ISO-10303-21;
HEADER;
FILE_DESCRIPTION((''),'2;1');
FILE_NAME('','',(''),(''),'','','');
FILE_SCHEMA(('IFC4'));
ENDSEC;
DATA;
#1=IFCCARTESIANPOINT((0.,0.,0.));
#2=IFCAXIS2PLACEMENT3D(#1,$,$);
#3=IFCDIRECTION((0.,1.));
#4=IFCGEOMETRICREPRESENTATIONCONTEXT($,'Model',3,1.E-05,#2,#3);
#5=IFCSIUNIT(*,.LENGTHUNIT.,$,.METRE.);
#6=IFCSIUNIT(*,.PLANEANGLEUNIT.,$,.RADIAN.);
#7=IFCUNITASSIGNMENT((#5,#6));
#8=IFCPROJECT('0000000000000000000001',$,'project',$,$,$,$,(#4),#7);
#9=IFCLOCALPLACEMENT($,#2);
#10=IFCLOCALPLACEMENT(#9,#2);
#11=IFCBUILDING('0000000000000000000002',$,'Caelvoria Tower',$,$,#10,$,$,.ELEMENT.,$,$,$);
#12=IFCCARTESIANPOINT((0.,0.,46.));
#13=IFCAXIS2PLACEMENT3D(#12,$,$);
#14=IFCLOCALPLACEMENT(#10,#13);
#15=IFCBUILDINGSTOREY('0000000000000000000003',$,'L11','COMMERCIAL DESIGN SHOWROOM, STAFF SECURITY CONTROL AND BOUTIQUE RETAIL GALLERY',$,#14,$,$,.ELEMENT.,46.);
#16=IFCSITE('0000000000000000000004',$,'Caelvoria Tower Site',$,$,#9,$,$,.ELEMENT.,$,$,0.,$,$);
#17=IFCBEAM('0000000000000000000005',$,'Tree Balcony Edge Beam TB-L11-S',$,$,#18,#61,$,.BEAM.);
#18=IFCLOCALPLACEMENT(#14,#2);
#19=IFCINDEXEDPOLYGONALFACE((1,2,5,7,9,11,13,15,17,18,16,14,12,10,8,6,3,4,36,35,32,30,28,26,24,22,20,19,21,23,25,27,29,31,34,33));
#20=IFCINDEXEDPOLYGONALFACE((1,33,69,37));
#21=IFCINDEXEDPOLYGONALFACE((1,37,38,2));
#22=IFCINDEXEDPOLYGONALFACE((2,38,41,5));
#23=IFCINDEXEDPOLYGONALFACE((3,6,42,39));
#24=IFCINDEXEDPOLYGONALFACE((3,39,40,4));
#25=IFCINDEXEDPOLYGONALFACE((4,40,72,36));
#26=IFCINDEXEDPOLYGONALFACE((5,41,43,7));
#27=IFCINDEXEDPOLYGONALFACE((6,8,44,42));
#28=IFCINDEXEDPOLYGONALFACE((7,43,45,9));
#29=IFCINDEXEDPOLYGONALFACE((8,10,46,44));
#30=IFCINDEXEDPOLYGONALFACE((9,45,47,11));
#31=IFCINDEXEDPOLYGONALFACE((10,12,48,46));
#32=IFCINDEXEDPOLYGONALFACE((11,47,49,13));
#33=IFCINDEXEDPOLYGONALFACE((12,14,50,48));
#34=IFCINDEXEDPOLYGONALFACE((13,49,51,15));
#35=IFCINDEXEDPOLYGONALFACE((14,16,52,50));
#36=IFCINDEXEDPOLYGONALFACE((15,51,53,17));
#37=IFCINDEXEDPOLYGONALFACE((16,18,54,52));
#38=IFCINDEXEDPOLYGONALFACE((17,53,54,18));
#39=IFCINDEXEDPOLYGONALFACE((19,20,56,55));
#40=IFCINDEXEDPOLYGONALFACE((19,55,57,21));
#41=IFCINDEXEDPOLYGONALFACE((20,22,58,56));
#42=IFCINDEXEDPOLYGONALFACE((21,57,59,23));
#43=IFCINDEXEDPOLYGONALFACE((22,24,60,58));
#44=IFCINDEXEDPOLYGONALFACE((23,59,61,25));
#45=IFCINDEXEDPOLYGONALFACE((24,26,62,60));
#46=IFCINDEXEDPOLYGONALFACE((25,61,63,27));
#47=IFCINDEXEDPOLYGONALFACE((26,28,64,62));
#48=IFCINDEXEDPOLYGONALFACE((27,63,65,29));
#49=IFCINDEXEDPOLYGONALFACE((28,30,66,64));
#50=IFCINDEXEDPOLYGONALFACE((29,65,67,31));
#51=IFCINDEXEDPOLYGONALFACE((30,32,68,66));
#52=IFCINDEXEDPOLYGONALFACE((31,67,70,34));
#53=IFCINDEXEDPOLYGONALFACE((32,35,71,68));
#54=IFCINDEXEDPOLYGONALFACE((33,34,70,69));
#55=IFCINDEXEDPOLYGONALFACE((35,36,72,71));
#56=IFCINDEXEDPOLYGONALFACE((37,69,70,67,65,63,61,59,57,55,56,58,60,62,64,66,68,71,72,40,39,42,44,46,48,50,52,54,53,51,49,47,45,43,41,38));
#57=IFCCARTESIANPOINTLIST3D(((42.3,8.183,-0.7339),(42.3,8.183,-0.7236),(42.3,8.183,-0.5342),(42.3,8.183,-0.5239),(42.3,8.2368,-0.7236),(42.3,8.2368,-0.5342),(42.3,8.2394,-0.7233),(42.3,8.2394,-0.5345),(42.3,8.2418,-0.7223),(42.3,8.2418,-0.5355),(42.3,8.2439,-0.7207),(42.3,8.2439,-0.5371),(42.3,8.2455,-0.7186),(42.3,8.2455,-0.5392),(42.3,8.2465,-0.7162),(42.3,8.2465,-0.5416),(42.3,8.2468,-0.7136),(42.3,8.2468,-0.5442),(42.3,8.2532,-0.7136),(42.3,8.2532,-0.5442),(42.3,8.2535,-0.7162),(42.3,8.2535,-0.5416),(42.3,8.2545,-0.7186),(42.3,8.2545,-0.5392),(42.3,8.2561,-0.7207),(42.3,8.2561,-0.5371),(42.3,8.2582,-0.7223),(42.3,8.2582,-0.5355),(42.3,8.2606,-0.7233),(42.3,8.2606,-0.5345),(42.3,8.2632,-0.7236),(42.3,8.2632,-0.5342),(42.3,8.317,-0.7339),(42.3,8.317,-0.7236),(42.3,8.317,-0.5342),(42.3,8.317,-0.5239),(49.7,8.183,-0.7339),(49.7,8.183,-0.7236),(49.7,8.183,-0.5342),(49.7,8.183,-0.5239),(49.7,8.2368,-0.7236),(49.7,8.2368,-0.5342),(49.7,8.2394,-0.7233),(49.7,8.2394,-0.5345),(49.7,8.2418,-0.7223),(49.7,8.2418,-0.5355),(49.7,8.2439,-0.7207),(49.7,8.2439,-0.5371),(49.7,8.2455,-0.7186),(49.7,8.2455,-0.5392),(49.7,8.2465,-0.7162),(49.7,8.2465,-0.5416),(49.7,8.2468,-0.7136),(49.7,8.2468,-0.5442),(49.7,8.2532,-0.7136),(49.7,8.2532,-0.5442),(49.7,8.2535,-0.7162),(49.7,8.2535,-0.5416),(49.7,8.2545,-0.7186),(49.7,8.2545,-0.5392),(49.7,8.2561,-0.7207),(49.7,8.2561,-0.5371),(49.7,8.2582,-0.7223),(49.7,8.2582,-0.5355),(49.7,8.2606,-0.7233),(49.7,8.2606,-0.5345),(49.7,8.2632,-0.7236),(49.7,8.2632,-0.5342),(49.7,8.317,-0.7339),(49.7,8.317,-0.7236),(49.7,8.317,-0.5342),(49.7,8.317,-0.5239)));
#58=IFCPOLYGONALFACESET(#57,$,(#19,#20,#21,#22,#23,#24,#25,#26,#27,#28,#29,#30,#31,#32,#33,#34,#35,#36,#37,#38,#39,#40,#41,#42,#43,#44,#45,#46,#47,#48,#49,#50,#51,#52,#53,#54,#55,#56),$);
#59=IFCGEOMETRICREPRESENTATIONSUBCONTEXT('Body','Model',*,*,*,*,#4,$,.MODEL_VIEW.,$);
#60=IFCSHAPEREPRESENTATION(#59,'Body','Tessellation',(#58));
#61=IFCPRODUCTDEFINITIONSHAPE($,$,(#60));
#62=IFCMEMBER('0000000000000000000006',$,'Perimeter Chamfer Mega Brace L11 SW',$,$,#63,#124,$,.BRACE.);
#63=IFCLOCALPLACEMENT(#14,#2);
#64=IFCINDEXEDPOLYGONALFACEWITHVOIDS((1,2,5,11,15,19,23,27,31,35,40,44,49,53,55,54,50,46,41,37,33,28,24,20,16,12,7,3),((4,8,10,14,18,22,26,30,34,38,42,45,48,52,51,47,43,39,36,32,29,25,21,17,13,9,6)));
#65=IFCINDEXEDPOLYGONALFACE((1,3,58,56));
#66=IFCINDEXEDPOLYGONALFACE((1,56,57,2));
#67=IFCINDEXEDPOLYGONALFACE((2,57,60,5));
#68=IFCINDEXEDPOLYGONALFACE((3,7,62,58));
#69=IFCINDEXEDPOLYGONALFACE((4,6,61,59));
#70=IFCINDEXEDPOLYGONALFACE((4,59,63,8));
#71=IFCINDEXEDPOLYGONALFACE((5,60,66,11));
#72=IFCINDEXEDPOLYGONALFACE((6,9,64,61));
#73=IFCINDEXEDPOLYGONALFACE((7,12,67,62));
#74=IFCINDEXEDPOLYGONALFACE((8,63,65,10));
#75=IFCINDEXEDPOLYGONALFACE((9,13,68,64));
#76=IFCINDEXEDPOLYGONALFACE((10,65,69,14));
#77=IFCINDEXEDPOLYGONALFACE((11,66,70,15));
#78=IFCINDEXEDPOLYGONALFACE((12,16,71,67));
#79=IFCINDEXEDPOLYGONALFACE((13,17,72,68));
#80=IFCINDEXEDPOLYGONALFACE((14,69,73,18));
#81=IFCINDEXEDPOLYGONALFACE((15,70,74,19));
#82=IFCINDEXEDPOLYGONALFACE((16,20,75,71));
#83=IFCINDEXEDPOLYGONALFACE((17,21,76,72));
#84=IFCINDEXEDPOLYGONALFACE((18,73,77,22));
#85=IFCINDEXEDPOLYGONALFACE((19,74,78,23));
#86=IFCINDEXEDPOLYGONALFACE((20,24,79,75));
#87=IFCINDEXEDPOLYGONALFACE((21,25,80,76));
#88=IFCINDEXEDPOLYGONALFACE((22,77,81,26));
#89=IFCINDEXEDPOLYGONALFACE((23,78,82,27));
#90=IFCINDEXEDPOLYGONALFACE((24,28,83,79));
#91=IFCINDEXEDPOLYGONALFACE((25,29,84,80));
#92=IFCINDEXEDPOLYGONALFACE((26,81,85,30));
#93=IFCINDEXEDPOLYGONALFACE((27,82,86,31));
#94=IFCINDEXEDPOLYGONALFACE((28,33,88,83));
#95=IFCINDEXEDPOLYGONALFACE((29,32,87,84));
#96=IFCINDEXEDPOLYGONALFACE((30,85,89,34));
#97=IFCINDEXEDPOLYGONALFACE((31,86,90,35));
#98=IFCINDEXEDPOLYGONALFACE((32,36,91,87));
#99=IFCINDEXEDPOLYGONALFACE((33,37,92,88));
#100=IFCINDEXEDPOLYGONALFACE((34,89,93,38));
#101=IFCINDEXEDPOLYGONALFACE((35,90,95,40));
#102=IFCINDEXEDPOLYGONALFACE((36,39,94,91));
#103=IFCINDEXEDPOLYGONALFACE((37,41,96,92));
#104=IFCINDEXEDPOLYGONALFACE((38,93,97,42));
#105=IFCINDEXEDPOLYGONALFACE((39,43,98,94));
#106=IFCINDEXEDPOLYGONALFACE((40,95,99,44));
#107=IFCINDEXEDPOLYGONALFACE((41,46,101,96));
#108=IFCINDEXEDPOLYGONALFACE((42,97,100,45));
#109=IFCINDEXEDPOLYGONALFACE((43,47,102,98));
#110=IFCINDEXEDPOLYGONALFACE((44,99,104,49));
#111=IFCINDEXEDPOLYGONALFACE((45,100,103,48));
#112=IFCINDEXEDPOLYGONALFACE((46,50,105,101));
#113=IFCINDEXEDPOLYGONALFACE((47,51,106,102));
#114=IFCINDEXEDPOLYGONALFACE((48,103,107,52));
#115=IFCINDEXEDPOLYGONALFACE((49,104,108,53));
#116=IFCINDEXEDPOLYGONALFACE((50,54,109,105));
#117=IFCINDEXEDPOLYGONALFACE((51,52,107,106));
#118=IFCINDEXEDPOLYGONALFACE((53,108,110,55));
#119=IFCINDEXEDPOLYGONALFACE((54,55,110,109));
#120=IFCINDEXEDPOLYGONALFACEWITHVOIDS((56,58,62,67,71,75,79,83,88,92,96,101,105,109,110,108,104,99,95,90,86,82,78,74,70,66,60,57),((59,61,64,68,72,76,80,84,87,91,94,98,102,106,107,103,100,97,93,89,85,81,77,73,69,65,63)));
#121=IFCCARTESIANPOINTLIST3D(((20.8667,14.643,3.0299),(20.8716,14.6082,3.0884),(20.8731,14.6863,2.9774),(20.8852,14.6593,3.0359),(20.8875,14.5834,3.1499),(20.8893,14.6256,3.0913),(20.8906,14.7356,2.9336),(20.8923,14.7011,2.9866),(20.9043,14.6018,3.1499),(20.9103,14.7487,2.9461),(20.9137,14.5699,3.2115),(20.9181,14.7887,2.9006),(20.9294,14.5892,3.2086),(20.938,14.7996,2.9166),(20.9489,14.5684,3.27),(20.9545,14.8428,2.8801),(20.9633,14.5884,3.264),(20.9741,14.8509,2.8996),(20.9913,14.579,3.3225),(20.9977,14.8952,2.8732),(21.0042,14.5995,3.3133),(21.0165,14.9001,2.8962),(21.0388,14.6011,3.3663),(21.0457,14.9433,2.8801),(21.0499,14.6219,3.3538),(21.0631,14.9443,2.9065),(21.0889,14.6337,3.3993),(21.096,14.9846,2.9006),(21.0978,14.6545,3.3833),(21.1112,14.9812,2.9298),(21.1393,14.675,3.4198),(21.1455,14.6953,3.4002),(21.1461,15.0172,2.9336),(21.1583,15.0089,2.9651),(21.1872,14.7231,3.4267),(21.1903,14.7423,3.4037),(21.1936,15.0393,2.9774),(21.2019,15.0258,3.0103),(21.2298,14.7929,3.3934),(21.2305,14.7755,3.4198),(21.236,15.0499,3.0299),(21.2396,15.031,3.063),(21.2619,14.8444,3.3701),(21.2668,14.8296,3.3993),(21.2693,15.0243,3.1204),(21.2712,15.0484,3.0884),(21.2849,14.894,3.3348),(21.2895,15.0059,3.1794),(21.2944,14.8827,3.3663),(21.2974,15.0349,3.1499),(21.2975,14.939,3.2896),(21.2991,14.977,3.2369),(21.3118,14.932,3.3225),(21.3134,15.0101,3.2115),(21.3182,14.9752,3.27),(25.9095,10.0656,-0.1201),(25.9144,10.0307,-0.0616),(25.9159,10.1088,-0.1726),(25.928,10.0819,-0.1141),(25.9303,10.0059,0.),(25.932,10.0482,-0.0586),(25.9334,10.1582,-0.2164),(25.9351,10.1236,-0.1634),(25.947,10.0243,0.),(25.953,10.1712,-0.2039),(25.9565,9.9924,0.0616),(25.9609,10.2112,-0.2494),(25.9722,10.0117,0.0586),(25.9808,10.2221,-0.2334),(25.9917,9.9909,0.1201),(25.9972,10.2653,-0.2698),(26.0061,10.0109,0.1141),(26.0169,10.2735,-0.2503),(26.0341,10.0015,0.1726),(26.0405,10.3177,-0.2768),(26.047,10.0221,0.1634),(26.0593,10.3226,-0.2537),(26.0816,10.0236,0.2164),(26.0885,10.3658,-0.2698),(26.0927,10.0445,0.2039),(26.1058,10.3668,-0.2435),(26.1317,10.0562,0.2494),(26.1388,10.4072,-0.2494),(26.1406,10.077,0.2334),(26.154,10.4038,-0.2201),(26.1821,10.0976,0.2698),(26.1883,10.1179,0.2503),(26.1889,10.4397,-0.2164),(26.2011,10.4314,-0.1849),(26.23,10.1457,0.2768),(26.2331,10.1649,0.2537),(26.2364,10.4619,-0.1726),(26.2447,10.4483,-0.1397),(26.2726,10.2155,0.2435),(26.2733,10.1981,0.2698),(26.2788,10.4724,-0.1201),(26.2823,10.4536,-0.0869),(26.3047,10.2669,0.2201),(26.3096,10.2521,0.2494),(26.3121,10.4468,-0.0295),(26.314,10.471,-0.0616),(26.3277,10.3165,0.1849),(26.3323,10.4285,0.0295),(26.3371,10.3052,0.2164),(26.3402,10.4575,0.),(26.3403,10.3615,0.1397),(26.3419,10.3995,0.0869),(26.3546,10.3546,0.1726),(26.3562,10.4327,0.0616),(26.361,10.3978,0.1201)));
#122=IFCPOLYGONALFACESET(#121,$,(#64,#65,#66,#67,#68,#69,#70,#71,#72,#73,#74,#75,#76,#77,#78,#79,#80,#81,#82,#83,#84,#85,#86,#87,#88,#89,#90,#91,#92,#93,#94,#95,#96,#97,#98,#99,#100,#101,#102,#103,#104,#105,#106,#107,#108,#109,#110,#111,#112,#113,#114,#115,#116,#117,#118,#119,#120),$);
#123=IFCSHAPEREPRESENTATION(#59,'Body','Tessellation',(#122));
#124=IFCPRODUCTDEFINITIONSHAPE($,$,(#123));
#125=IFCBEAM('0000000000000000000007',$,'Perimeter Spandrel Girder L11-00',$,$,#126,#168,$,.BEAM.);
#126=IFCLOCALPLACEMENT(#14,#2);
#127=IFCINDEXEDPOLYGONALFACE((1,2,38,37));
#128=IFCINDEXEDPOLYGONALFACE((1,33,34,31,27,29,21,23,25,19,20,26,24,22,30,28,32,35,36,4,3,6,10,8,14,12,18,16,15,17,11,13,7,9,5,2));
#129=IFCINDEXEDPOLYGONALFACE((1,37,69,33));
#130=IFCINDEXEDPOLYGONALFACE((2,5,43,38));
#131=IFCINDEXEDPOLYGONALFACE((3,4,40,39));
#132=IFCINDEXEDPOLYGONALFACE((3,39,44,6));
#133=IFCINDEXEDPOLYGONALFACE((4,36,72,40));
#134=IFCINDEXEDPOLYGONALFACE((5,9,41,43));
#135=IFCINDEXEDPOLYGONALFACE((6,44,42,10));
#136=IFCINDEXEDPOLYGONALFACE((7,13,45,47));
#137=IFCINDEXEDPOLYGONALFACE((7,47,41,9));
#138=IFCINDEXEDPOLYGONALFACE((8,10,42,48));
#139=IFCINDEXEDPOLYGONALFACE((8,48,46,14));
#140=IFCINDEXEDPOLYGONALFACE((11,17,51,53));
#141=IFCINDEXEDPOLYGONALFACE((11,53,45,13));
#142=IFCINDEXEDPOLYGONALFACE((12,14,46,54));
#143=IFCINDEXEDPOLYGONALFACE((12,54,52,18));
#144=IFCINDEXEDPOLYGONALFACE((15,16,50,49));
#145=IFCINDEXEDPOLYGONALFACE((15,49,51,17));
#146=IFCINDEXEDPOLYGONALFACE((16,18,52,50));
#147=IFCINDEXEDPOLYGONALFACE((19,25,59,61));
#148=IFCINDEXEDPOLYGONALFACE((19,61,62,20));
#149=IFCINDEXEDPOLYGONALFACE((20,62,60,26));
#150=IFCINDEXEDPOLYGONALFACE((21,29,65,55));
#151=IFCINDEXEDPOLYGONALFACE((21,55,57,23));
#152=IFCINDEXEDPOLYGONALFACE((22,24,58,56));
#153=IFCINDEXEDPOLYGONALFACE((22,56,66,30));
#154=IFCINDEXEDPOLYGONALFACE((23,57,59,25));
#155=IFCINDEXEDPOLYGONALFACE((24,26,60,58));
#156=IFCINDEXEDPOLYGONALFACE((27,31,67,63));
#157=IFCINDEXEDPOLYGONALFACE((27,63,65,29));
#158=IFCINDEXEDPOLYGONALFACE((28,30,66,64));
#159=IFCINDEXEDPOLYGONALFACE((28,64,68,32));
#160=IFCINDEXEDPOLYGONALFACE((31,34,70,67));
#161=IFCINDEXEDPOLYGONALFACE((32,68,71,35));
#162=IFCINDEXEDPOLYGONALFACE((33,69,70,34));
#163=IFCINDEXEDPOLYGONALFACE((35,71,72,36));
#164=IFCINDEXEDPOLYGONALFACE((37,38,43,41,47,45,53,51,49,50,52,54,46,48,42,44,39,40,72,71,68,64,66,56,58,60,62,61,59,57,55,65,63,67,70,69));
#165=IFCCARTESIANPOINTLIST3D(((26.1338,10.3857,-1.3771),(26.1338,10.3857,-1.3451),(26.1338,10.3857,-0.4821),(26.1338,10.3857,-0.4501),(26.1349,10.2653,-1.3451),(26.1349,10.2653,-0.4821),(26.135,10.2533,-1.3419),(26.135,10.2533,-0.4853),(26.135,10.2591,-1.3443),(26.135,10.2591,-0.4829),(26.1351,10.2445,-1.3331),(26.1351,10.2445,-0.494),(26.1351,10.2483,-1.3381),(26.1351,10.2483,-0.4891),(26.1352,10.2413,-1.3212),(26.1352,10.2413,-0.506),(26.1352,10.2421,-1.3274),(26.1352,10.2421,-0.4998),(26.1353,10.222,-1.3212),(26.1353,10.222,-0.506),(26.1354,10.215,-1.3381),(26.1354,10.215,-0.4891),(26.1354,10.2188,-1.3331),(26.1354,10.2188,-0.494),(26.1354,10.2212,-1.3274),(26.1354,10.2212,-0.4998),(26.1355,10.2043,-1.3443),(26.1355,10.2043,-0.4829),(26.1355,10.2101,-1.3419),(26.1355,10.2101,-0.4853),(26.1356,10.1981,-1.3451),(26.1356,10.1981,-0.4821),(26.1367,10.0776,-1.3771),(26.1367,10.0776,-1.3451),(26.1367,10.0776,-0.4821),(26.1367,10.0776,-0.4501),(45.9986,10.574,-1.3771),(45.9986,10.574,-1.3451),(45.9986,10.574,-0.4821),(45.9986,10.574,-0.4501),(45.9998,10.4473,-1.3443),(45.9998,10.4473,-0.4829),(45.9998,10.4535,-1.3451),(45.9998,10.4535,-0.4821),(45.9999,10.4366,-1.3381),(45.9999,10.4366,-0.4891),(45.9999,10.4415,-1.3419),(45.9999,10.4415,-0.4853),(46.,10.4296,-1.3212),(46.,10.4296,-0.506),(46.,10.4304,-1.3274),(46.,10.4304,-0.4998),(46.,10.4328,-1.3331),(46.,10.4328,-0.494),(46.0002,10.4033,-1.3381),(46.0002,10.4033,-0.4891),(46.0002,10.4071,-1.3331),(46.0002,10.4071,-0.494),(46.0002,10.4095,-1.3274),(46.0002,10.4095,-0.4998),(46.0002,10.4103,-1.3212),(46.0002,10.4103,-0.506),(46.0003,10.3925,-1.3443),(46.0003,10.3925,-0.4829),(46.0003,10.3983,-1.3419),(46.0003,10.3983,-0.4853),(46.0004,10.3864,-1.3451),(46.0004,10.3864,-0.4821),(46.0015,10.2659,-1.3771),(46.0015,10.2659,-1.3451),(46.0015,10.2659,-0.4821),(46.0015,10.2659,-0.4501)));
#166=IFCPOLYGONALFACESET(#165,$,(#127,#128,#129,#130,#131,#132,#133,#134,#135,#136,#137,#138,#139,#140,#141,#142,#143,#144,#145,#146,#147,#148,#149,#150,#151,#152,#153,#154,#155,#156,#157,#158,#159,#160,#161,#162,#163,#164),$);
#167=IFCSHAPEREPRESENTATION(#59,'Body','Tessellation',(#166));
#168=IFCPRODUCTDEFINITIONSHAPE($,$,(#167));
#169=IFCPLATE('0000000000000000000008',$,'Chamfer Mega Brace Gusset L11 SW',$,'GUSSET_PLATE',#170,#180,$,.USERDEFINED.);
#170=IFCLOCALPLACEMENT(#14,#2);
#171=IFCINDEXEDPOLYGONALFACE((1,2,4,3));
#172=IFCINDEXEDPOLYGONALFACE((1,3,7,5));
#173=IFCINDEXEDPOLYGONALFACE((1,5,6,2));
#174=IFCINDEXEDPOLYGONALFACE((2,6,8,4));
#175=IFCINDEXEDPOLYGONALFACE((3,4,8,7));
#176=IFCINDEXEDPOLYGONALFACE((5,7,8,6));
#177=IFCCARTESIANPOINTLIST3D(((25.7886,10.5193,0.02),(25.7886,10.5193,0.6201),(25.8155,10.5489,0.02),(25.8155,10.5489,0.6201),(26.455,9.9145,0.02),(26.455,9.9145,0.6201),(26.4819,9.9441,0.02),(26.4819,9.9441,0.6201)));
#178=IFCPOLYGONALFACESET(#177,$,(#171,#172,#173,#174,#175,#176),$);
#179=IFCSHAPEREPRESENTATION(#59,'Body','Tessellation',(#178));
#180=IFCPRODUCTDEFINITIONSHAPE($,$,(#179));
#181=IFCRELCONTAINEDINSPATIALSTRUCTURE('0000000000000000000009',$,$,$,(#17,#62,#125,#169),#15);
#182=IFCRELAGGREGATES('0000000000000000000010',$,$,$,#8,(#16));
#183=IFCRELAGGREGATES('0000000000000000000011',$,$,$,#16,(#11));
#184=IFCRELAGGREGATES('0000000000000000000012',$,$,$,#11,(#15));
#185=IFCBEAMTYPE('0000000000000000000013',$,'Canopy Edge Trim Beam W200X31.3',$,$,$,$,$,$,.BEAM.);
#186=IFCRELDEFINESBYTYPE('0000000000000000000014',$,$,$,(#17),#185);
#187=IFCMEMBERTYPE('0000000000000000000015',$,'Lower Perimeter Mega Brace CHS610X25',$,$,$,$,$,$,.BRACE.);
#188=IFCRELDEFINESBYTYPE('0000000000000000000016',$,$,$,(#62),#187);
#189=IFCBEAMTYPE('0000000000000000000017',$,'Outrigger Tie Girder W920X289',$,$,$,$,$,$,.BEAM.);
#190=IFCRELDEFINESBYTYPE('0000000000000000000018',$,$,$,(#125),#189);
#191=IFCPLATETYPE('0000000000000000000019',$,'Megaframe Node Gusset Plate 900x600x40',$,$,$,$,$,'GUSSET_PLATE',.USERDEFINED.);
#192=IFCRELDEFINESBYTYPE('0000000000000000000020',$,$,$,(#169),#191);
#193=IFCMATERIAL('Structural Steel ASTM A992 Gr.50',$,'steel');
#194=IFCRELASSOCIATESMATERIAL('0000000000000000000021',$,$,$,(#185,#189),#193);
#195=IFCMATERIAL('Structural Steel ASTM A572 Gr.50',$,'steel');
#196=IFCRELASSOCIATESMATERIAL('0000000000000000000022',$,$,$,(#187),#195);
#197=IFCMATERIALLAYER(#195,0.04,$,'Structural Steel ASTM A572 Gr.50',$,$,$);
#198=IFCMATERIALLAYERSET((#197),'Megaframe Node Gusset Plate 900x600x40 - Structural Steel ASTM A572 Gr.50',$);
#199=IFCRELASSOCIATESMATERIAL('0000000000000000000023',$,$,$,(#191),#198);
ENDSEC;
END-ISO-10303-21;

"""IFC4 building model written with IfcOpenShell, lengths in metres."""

from ifc_helpers import new_model, si_unit, direction, frame, origin, origin_2d, place, context, subcontext, project, spatial, rectangle, hollow_circle, i_section, extrude, material, layer, layer_set, material_profile, profile_set, type_object, element, save


model = new_model("IFC4")

# Units and contexts
model_context = context("Model", 3, precision=1e-05, world=origin(), true_north=direction((0.0, 1.0)))
body_context = subcontext(model_context, "Body", "Model", "MODEL_VIEW")
ifc_project = project(units=[si_unit("LENGTHUNIT", "METRE"), si_unit("PLANEANGLEUNIT", "RADIAN")], contexts=[model_context])

# Site, building, storey
site_placement = place(None, origin())
site = spatial("IfcSite", under=ifc_project, at=site_placement, Name="Caelvoria Tower Site", CompositionType="ELEMENT", RefElevation=0.0)
building_placement = place(site_placement, origin())
building = spatial("IfcBuilding", under=site, at=building_placement, Name="Caelvoria Tower", CompositionType="ELEMENT")
storey_placement = place(building_placement, frame((0.0, 0.0, 46.0)))
storey = spatial("IfcBuildingStorey", under=building, at=storey_placement, Name="L11", Description="COMMERCIAL DESIGN SHOWROOM, STAFF SECURITY CONTROL AND BOUTIQUE RETAIL GALLERY", CompositionType="ELEMENT", Elevation=46.0)

# Beam
ifc_material_1 = material(Name="Structural Steel ASTM A992 Gr.50", Category="steel")
ifc_material_profile_1 = material_profile(ifc_material_1, i_section(OverallWidth=0.134, OverallDepth=0.21, WebThickness=0.0063, FlangeThickness=0.0103, FilletRadius=0.01, at=origin_2d()), Name="Structural Steel ASTM A992 Gr.50")
ifc_profile_set_1 = profile_set([ifc_material_profile_1], Name="W200X31.3 - Structural Steel ASTM A992 Gr.50")
beam_type_1 = type_object("IfcBeamType", Name="Canopy Edge Trim Beam W200X31.3", PredefinedType="BEAM", material=ifc_profile_set_1)
beam_1_placement = place(storey_placement, frame((42.3, 8.25, -0.6289), z_axis=(1.0, 0.0, 0.0), x_axis=(0.0, 1.0, 0.0)))
element("IfcBeam", 1, at=beam_1_placement, inside=storey, type_object=beam_type_1, Name="Tree Balcony Edge Beam TB-L11-S", PredefinedType="BEAM", context=body_context, shape_type="SweptSolid", body=[
    extrude(i_section(OverallWidth=0.134, OverallDepth=0.21, WebThickness=0.0063, FlangeThickness=0.0103, FilletRadius=0.01, at=origin_2d()), origin(), (0.0, 0.0, 1.0), 7.3999),
])

# Member
ifc_material_2 = material(Name="Structural Steel ASTM A572 Gr.50", Category="steel")
ifc_material_profile_2 = material_profile(ifc_material_2, hollow_circle(Radius=0.3049, WallThickness=0.0249, at=origin_2d()), Name="Structural Steel ASTM A572 Gr.50")
ifc_profile_set_2 = profile_set([ifc_material_profile_2], Name="CHS610X25 - Structural Steel ASTM A572 Gr.50")
member_type = type_object("IfcMemberType", Name="Lower Perimeter Mega Brace CHS610X25", PredefinedType="BRACE", material=ifc_profile_set_2)
member_placement = place(storey_placement, frame((26.1353, 10.2317, 0.0), z_axis=(-0.672044, 0.610029, 0.419787), x_axis=(-0.672118, -0.740444, 0.0)))
element("IfcMember", 2, at=member_placement, inside=storey, type_object=member_type, Name="Perimeter Chamfer Mega Brace L11 SW", PredefinedType="BRACE", context=body_context, shape_type="SweptSolid", body=[
    extrude(hollow_circle(Radius=0.3049, WallThickness=0.0249, at=origin_2d()), origin(), (0.0, 0.0, 1.0), 7.5037),
])

# Beam
ifc_material_profile_3 = material_profile(ifc_material_1, i_section(OverallWidth=0.3081, OverallDepth=0.927, WebThickness=0.0193, FlangeThickness=0.032, FilletRadius=0.0239, at=origin_2d()), Name="Structural Steel ASTM A992 Gr.50")
ifc_profile_set_3 = profile_set([ifc_material_profile_3], Name="W920X289 - Structural Steel ASTM A992 Gr.50")
beam_type_2 = type_object("IfcBeamType", Name="Outrigger Tie Girder W920X289", PredefinedType="BEAM", material=ifc_profile_set_3)
beam_2_placement = place(storey_placement, frame((26.1353, 10.2317, -0.9136), z_axis=(0.999955, 0.009475, 0.0), x_axis=(-0.009475, 0.999955, 0.0)))
element("IfcBeam", 3, at=beam_2_placement, inside=storey, type_object=beam_type_2, Name="Perimeter Spandrel Girder L11-00", PredefinedType="BEAM", context=body_context, shape_type="SweptSolid", body=[
    extrude(i_section(OverallWidth=0.3081, OverallDepth=0.927, WebThickness=0.0193, FlangeThickness=0.032, FilletRadius=0.0239, at=origin_2d()), origin(), (0.0, 0.0, 1.0), 19.8657),
])

# Plate
ifc_layer_1 = layer(ifc_material_2, 0.04, Name="Structural Steel ASTM A572 Gr.50")
ifc_layer_set_1 = layer_set([ifc_layer_1], Name="Megaframe Node Gusset Plate 900x600x40 - Structural Steel ASTM A572 Gr.50")
plate_type = type_object("IfcPlateType", Name="Megaframe Node Gusset Plate 900x600x40", ElementType="GUSSET_PLATE", PredefinedType="USERDEFINED", material=ifc_layer_set_1)
plate_placement = place(storey_placement, frame((26.1353, 10.2317, 0.02), z_axis=(0.0, 0.0, 1.0), x_axis=(-0.740456, 0.672105, 0.0)))
element("IfcPlate", 4, at=plate_placement, inside=storey, type_object=plate_type, Name="Chamfer Mega Brace Gusset L11 SW", ObjectType="GUSSET_PLATE", PredefinedType="USERDEFINED", context=body_context, shape_type="SweptSolid", body=[
    extrude(rectangle(XDim=0.8999, YDim=0.04, at=origin_2d()), origin(), (0.0, 0.0, 1.0), 0.6001),
])

save(model, "model.ifc")
